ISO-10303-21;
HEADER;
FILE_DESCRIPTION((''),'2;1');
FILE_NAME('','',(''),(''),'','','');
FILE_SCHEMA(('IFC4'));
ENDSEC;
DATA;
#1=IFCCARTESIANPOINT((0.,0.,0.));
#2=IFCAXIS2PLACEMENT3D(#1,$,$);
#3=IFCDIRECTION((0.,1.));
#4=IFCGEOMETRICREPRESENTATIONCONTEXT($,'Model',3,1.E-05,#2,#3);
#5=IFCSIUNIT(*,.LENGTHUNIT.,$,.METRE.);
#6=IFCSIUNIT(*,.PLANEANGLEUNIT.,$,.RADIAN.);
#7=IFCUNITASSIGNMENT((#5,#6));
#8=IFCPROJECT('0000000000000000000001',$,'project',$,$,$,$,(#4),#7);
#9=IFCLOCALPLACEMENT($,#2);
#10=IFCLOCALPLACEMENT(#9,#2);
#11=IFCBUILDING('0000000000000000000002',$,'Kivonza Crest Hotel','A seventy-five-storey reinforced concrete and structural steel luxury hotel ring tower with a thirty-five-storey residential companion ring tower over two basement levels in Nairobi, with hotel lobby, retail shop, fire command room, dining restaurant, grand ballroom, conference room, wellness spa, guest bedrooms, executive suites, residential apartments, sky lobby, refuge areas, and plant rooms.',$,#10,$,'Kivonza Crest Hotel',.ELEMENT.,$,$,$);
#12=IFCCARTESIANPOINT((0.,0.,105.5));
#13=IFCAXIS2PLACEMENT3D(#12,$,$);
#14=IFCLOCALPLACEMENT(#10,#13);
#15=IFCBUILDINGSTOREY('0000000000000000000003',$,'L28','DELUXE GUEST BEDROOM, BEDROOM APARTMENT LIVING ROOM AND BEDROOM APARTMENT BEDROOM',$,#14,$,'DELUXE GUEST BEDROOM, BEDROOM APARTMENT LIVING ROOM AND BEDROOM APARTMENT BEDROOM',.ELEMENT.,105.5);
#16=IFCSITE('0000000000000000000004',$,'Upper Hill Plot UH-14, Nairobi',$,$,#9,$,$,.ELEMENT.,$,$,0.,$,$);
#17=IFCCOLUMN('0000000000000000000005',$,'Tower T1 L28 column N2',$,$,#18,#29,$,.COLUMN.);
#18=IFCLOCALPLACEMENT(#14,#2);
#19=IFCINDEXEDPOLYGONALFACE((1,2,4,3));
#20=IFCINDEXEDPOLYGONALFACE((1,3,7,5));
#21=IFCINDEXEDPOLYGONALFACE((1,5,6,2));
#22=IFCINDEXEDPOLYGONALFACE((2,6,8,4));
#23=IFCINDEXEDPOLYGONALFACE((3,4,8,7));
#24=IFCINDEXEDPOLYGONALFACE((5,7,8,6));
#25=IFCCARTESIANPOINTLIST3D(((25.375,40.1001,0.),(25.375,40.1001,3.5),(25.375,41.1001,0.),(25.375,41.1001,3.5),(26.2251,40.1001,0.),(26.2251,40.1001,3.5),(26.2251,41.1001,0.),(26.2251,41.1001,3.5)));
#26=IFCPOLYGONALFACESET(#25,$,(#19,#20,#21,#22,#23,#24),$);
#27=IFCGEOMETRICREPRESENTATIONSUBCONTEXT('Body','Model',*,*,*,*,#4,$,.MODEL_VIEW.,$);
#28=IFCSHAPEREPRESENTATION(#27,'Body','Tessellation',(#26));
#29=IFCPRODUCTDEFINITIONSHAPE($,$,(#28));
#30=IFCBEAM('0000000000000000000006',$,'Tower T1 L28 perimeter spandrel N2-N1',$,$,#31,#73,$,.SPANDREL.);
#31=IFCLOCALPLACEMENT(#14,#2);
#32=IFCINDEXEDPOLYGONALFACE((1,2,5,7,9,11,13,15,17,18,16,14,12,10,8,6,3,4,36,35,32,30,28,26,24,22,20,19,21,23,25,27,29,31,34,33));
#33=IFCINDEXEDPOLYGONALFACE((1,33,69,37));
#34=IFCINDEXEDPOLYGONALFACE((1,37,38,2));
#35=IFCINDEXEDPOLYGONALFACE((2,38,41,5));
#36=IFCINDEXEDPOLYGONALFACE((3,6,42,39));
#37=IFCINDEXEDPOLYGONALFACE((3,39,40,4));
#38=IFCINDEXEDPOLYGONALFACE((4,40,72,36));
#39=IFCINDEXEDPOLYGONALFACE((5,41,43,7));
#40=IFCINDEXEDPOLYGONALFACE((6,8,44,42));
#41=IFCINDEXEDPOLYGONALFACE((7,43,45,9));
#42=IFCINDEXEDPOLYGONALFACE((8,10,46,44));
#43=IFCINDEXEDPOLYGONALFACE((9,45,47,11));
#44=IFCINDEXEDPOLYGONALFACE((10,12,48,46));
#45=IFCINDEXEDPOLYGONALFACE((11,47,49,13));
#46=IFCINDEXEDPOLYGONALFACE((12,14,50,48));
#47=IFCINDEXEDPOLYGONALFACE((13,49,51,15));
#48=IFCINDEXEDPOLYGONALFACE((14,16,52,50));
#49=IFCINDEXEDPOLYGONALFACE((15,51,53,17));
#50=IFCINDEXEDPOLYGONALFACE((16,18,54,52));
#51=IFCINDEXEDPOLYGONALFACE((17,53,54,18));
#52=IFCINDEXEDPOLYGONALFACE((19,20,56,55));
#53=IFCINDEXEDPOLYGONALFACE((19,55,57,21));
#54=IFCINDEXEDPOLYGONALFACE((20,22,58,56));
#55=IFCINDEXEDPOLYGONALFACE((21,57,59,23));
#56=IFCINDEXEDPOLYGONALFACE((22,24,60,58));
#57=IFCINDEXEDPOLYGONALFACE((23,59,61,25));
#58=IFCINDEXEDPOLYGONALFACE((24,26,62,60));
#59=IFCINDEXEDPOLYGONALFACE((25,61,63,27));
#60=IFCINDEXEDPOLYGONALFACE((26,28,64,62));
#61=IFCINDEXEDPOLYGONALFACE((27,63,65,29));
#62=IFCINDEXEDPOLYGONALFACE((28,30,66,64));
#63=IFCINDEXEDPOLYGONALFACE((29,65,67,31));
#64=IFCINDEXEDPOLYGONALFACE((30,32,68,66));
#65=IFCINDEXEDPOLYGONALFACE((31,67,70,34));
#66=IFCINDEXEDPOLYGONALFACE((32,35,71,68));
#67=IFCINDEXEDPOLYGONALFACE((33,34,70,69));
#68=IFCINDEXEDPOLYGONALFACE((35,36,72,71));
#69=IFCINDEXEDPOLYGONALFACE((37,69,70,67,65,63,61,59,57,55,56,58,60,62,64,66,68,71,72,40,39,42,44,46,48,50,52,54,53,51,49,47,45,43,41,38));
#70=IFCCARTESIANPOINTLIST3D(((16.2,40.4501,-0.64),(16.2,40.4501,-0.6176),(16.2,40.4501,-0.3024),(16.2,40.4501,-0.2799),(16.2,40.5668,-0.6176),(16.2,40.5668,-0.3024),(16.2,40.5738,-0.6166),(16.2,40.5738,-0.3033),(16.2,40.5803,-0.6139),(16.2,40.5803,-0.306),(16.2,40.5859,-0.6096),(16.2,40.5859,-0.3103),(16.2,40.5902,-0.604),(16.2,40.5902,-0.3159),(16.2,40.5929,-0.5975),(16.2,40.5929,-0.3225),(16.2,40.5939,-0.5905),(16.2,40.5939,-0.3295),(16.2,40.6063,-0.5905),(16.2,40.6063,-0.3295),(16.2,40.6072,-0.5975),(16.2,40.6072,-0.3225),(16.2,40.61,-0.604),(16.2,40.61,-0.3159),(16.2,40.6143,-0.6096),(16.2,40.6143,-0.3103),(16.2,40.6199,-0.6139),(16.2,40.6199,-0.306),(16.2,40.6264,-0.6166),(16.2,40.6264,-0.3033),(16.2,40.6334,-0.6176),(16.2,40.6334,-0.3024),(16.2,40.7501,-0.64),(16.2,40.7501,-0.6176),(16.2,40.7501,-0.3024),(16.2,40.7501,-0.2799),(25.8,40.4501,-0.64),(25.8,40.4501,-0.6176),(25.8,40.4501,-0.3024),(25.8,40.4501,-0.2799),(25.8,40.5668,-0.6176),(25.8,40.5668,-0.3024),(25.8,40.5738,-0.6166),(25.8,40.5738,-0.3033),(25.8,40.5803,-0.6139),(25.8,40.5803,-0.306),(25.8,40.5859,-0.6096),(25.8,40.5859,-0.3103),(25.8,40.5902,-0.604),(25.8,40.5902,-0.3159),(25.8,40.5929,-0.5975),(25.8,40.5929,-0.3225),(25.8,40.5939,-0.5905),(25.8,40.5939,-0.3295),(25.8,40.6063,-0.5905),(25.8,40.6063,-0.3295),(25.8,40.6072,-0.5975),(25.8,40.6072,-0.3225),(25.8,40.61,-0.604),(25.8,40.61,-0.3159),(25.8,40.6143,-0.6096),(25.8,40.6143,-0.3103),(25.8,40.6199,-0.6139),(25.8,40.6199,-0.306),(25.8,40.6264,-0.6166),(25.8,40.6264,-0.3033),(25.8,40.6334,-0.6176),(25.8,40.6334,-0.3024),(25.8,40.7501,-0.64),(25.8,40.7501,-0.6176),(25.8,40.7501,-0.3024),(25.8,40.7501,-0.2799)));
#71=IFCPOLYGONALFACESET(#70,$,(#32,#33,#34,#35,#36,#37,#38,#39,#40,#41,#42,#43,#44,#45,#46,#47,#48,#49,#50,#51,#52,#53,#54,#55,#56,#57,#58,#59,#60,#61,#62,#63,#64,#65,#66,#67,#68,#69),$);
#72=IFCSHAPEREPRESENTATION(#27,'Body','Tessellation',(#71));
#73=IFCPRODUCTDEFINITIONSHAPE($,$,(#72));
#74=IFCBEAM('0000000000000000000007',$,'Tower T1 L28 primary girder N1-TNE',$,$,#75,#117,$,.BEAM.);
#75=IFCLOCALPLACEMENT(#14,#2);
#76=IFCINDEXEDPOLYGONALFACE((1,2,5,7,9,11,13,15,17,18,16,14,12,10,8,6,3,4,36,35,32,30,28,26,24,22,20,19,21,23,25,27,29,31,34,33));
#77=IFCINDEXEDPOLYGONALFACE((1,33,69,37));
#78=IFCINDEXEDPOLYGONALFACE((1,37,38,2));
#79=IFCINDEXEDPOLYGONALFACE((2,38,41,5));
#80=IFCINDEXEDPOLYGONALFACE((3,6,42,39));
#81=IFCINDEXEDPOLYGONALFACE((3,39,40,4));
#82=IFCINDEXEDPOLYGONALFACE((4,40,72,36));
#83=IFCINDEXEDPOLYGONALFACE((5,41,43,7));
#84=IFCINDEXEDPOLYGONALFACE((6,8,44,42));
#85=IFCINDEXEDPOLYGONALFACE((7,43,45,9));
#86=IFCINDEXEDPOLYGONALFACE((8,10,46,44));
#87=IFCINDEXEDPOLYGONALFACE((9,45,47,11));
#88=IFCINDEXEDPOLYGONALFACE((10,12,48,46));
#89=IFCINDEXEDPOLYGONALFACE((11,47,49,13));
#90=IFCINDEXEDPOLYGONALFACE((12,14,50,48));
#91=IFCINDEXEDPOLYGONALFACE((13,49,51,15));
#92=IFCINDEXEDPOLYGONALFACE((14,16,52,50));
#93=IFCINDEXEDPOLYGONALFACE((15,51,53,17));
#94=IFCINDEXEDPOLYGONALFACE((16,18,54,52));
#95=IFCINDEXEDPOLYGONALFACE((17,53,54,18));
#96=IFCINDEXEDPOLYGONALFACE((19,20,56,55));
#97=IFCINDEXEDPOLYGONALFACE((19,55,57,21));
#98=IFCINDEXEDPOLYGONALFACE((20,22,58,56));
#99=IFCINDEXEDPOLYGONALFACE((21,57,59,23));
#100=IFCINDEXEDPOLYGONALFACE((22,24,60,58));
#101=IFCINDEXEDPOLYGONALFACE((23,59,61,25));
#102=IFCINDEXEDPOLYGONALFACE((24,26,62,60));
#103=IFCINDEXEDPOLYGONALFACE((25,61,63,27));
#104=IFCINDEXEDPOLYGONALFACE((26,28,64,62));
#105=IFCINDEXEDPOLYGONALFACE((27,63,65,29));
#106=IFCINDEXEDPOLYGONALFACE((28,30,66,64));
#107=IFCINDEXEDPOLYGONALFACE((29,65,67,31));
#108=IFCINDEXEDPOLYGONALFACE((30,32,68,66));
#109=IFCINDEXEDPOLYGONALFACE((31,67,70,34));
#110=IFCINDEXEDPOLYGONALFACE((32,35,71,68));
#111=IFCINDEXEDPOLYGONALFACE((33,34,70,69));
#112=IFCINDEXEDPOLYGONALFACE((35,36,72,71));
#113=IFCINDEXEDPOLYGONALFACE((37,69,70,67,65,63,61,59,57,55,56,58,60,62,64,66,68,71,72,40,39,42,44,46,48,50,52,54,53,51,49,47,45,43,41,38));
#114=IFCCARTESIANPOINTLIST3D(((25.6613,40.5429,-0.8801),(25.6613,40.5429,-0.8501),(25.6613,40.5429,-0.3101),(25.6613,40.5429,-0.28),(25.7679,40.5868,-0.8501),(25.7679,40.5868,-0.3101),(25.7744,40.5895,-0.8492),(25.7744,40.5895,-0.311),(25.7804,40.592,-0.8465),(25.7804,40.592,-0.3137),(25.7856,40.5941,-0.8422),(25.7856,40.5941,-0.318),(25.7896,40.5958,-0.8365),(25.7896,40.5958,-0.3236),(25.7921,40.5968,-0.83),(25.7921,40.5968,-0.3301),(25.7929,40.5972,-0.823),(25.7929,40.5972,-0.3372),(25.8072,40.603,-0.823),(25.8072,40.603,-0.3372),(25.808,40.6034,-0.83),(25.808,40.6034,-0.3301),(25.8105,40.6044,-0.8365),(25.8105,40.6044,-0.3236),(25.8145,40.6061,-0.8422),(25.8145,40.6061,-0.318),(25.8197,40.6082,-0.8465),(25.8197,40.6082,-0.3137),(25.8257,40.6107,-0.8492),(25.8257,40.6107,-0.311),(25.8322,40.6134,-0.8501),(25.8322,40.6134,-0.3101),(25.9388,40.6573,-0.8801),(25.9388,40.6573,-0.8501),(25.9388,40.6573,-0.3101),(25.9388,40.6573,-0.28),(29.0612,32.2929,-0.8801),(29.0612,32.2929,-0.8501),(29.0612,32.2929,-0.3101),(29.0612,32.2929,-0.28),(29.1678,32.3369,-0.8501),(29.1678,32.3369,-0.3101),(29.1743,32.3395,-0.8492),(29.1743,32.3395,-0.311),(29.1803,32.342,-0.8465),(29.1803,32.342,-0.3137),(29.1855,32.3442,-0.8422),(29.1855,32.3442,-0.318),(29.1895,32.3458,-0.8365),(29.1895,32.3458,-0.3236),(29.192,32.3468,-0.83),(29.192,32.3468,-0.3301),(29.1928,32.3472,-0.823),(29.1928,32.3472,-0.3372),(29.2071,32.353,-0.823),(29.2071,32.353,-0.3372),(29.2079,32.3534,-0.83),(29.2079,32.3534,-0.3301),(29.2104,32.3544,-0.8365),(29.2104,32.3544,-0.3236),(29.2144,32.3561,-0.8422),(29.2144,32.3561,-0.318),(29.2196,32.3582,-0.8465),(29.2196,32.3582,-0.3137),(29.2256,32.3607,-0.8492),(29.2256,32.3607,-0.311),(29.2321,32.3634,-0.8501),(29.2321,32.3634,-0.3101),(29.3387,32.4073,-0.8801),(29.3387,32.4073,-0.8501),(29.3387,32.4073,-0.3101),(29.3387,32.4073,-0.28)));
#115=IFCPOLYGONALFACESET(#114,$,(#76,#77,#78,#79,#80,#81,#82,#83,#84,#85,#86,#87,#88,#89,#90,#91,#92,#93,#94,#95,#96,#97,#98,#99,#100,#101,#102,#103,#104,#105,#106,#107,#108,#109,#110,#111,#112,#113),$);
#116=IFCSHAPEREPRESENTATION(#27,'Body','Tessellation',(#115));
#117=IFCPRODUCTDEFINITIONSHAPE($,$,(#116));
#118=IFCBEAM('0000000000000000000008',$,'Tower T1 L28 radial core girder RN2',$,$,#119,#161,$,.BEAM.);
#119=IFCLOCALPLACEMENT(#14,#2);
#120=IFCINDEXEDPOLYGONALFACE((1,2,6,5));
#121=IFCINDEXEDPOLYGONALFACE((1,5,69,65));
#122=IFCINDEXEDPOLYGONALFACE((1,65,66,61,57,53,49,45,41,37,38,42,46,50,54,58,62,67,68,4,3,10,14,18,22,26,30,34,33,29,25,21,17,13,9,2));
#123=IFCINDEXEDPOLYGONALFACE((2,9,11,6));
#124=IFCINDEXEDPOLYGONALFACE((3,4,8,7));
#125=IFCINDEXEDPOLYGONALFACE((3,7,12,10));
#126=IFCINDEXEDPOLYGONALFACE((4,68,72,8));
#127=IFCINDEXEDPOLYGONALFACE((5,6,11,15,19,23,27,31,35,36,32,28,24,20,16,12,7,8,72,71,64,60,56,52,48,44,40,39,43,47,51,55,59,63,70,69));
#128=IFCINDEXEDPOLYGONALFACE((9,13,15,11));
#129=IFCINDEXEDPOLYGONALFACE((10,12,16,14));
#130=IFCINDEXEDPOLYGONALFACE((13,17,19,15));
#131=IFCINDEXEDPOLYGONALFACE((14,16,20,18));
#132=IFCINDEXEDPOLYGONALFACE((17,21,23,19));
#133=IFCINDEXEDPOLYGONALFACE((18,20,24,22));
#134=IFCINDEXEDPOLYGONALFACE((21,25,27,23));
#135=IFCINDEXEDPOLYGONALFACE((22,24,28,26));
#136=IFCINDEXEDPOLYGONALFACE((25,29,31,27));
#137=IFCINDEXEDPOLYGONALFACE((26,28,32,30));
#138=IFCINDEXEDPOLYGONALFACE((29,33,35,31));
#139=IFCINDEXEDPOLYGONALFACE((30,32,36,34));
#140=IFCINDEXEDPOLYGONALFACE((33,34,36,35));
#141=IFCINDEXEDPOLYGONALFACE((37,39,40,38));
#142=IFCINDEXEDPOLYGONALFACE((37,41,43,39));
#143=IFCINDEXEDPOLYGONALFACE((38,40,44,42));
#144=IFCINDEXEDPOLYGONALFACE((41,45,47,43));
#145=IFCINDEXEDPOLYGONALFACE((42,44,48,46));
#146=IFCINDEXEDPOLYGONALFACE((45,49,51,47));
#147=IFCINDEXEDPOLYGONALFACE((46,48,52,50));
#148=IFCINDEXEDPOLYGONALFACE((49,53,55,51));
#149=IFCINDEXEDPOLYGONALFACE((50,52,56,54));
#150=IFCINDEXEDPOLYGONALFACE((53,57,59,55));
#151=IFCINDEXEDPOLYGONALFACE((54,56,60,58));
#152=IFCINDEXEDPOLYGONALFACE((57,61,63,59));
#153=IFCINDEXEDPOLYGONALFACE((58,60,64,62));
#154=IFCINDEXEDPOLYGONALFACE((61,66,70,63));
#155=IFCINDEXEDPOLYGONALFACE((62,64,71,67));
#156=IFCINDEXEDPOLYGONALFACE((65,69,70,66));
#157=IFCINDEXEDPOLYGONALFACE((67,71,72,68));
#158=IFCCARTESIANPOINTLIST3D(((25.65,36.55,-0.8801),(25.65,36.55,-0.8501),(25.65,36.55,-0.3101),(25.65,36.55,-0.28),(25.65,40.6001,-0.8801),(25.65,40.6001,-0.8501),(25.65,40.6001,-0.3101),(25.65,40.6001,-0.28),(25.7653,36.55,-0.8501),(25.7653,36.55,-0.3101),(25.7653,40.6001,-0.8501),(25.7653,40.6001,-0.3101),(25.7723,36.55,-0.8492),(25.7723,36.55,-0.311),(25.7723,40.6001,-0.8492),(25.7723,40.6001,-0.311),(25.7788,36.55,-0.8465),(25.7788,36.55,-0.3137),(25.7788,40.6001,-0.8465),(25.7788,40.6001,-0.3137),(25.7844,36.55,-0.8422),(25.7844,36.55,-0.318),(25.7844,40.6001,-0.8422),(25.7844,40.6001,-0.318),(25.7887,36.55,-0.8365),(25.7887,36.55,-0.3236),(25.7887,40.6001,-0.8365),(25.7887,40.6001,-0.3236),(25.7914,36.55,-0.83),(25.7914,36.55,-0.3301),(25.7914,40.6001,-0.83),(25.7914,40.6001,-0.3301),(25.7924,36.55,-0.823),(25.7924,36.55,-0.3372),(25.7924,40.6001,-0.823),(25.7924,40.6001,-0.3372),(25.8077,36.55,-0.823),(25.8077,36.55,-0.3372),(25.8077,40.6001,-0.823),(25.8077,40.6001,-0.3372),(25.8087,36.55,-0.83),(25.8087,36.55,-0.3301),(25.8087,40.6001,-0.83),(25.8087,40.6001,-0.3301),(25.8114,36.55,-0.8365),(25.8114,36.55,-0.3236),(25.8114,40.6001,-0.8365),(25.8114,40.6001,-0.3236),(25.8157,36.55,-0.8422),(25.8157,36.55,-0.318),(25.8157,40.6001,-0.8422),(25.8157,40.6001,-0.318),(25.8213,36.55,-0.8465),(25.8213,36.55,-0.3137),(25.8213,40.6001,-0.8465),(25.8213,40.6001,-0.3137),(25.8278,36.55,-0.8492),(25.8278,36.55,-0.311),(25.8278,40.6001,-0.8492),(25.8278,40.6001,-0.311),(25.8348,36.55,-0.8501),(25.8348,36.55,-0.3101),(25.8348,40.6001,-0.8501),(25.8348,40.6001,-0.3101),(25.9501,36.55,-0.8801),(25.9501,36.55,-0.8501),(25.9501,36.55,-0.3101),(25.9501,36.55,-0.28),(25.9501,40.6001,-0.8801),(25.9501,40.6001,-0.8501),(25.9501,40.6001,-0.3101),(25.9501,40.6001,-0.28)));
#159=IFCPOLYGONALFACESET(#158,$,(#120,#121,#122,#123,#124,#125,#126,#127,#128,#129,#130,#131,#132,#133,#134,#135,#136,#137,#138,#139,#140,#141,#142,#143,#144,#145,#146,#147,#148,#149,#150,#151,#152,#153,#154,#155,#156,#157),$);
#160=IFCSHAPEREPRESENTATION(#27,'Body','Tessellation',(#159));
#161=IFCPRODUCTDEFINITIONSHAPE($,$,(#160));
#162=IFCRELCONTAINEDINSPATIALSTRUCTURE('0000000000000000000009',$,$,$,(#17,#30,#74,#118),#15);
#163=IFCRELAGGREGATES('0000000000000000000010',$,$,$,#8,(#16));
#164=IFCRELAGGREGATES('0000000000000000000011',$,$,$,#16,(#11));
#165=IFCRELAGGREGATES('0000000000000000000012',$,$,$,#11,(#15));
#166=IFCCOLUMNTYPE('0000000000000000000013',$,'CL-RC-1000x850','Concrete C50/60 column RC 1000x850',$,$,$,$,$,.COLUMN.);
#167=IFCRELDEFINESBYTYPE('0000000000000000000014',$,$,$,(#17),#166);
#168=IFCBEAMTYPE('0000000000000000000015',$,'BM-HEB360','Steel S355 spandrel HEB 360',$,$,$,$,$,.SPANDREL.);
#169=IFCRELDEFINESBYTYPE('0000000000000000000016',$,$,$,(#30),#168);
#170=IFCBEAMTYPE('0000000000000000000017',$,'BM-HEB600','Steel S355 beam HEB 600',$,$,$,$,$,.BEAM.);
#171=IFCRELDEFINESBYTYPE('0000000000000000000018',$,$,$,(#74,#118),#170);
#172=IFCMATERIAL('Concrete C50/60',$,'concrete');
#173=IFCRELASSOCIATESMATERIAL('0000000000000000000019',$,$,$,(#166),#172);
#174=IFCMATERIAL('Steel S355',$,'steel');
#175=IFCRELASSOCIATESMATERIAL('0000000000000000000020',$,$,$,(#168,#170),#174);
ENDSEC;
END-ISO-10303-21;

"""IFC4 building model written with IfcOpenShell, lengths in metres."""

from ifc_helpers import new_model, si_unit, direction, frame, origin, origin_2d, place, context, subcontext, project, spatial, rectangle, i_section, extrude, material, material_profile, profile_set, type_object, element, save


model = new_model("IFC4")

# Units and contexts
model_context = context("Model", 3, precision=1e-05, world=origin(), true_north=direction((0.0, 1.0)))
body_context = subcontext(model_context, "Body", "Model", "MODEL_VIEW")
ifc_project = project(units=[si_unit("LENGTHUNIT", "METRE"), si_unit("PLANEANGLEUNIT", "RADIAN")], contexts=[model_context])

# Site, building, storey
site_placement = place(None, origin())
site = spatial("IfcSite", under=ifc_project, at=site_placement, Name="Upper Hill Plot UH-14, Nairobi", CompositionType="ELEMENT", RefElevation=0.0)
building_placement = place(site_placement, origin())
building = spatial("IfcBuilding", under=site, at=building_placement, Name="Kivonza Crest Hotel", Description="A seventy-five-storey reinforced concrete and structural steel luxury hotel ring tower with a thirty-five-storey residential companion ring tower over two basement levels in Nairobi, with hotel lobby, retail shop, fire command room, dining restaurant, grand ballroom, conference room, wellness spa, guest bedrooms, executive suites, residential apartments, sky lobby, refuge areas, and plant rooms.", LongName="Kivonza Crest Hotel", CompositionType="ELEMENT")
storey_placement = place(building_placement, frame((0.0, 0.0, 105.5)))
storey = spatial("IfcBuildingStorey", under=building, at=storey_placement, Name="L28", Description="DELUXE GUEST BEDROOM, BEDROOM APARTMENT LIVING ROOM AND BEDROOM APARTMENT BEDROOM", LongName="DELUXE GUEST BEDROOM, BEDROOM APARTMENT LIVING ROOM AND BEDROOM APARTMENT BEDROOM", CompositionType="ELEMENT", Elevation=105.5)

# Column
ifc_material_1 = material(Name="Concrete C50/60", Category="concrete")
ifc_material_profile_1 = material_profile(ifc_material_1, rectangle(XDim=0.8501, YDim=1.0, at=origin_2d()), Name="RC 1000x850")
ifc_profile_set_1 = profile_set([ifc_material_profile_1], Name="Concrete C50/60")
column_type = type_object("IfcColumnType", Name="CL-RC-1000x850", Description="Concrete C50/60 column RC 1000x850", PredefinedType="COLUMN", material=ifc_profile_set_1)
column_placement = place(storey_placement, frame((25.8, 40.6001, 0.0), z_axis=(0.0, 0.0, 1.0), x_axis=(1.0, 0.0, 0.0)))
element("IfcColumn", 1, at=column_placement, inside=storey, type_object=column_type, Name="Tower T1 L28 column N2", PredefinedType="COLUMN", context=body_context, shape_type="SweptSolid", body=[
    extrude(rectangle(XDim=0.8501, YDim=1.0, at=origin_2d()), origin(), (0.0, 0.0, 1.0), 3.5),
])

# Beams
ifc_material_2 = material(Name="Steel S355", Category="steel")
ifc_material_profile_2 = material_profile(ifc_material_2, i_section(OverallWidth=0.3, OverallDepth=0.3601, WebThickness=0.0125, FlangeThickness=0.0225, FilletRadius=0.0271, at=origin_2d()), Name="HEB 360")
ifc_profile_set_2 = profile_set([ifc_material_profile_2], Name="Steel S355")
beam_type_1 = type_object("IfcBeamType", Name="BM-HEB360", Description="Steel S355 spandrel HEB 360", PredefinedType="SPANDREL", material=ifc_profile_set_2)
beam_1_placement = place(storey_placement, frame((25.8, 40.6001, -0.46), z_axis=(-1.0, 0.0, 0.0), x_axis=(0.0, -1.0, 0.0)))
element("IfcBeam", 2, at=beam_1_placement, inside=storey, type_object=beam_type_1, Name="Tower T1 L28 perimeter spandrel N2-N1", PredefinedType="SPANDREL", context=body_context, shape_type="SweptSolid", body=[
    extrude(i_section(OverallWidth=0.3, OverallDepth=0.3601, WebThickness=0.0125, FlangeThickness=0.0225, FilletRadius=0.0271, at=origin_2d()), origin(), (0.0, 0.0, 1.0), 9.6001),
])
ifc_material_profile_3 = material_profile(ifc_material_2, i_section(OverallWidth=0.3, OverallDepth=0.6001, WebThickness=0.0154, FlangeThickness=0.03, FilletRadius=0.0271, at=origin_2d()), Name="HEB 600")
ifc_profile_set_3 = profile_set([ifc_material_profile_3], Name="Steel S355")
beam_type_2 = type_object("IfcBeamType", Name="BM-HEB600", Description="Steel S355 beam HEB 600", PredefinedType="BEAM", material=ifc_profile_set_3)
beam_2_placement = place(storey_placement, frame((25.8, 40.6001, -0.5801), z_axis=(0.381022, -0.924566, 0.0), x_axis=(0.924566, 0.381022, 0.0)))
element("IfcBeam", 3, at=beam_2_placement, inside=storey, type_object=beam_type_2, Name="Tower T1 L28 primary girder N1-TNE", PredefinedType="BEAM", context=body_context, shape_type="SweptSolid", body=[
    extrude(i_section(OverallWidth=0.3, OverallDepth=0.6001, WebThickness=0.0154, FlangeThickness=0.03, FilletRadius=0.0271, at=origin_2d()), origin(), (0.0, 0.0, 1.0), 8.9231),
])
beam_3_placement = place(storey_placement, frame((25.8, 40.6001, -0.5801), z_axis=(0.0, -1.0, 0.0), x_axis=(1.0, 0.0, 0.0)))
element("IfcBeam", 4, at=beam_3_placement, inside=storey, type_object=beam_type_2, Name="Tower T1 L28 radial core girder RN2", PredefinedType="BEAM", context=body_context, shape_type="SweptSolid", body=[
    extrude(i_section(OverallWidth=0.3, OverallDepth=0.6001, WebThickness=0.0154, FlangeThickness=0.03, FilletRadius=0.0271, at=origin_2d()), origin(), (0.0, 0.0, 1.0), 4.05),
])

save(model, "model.ifc")
